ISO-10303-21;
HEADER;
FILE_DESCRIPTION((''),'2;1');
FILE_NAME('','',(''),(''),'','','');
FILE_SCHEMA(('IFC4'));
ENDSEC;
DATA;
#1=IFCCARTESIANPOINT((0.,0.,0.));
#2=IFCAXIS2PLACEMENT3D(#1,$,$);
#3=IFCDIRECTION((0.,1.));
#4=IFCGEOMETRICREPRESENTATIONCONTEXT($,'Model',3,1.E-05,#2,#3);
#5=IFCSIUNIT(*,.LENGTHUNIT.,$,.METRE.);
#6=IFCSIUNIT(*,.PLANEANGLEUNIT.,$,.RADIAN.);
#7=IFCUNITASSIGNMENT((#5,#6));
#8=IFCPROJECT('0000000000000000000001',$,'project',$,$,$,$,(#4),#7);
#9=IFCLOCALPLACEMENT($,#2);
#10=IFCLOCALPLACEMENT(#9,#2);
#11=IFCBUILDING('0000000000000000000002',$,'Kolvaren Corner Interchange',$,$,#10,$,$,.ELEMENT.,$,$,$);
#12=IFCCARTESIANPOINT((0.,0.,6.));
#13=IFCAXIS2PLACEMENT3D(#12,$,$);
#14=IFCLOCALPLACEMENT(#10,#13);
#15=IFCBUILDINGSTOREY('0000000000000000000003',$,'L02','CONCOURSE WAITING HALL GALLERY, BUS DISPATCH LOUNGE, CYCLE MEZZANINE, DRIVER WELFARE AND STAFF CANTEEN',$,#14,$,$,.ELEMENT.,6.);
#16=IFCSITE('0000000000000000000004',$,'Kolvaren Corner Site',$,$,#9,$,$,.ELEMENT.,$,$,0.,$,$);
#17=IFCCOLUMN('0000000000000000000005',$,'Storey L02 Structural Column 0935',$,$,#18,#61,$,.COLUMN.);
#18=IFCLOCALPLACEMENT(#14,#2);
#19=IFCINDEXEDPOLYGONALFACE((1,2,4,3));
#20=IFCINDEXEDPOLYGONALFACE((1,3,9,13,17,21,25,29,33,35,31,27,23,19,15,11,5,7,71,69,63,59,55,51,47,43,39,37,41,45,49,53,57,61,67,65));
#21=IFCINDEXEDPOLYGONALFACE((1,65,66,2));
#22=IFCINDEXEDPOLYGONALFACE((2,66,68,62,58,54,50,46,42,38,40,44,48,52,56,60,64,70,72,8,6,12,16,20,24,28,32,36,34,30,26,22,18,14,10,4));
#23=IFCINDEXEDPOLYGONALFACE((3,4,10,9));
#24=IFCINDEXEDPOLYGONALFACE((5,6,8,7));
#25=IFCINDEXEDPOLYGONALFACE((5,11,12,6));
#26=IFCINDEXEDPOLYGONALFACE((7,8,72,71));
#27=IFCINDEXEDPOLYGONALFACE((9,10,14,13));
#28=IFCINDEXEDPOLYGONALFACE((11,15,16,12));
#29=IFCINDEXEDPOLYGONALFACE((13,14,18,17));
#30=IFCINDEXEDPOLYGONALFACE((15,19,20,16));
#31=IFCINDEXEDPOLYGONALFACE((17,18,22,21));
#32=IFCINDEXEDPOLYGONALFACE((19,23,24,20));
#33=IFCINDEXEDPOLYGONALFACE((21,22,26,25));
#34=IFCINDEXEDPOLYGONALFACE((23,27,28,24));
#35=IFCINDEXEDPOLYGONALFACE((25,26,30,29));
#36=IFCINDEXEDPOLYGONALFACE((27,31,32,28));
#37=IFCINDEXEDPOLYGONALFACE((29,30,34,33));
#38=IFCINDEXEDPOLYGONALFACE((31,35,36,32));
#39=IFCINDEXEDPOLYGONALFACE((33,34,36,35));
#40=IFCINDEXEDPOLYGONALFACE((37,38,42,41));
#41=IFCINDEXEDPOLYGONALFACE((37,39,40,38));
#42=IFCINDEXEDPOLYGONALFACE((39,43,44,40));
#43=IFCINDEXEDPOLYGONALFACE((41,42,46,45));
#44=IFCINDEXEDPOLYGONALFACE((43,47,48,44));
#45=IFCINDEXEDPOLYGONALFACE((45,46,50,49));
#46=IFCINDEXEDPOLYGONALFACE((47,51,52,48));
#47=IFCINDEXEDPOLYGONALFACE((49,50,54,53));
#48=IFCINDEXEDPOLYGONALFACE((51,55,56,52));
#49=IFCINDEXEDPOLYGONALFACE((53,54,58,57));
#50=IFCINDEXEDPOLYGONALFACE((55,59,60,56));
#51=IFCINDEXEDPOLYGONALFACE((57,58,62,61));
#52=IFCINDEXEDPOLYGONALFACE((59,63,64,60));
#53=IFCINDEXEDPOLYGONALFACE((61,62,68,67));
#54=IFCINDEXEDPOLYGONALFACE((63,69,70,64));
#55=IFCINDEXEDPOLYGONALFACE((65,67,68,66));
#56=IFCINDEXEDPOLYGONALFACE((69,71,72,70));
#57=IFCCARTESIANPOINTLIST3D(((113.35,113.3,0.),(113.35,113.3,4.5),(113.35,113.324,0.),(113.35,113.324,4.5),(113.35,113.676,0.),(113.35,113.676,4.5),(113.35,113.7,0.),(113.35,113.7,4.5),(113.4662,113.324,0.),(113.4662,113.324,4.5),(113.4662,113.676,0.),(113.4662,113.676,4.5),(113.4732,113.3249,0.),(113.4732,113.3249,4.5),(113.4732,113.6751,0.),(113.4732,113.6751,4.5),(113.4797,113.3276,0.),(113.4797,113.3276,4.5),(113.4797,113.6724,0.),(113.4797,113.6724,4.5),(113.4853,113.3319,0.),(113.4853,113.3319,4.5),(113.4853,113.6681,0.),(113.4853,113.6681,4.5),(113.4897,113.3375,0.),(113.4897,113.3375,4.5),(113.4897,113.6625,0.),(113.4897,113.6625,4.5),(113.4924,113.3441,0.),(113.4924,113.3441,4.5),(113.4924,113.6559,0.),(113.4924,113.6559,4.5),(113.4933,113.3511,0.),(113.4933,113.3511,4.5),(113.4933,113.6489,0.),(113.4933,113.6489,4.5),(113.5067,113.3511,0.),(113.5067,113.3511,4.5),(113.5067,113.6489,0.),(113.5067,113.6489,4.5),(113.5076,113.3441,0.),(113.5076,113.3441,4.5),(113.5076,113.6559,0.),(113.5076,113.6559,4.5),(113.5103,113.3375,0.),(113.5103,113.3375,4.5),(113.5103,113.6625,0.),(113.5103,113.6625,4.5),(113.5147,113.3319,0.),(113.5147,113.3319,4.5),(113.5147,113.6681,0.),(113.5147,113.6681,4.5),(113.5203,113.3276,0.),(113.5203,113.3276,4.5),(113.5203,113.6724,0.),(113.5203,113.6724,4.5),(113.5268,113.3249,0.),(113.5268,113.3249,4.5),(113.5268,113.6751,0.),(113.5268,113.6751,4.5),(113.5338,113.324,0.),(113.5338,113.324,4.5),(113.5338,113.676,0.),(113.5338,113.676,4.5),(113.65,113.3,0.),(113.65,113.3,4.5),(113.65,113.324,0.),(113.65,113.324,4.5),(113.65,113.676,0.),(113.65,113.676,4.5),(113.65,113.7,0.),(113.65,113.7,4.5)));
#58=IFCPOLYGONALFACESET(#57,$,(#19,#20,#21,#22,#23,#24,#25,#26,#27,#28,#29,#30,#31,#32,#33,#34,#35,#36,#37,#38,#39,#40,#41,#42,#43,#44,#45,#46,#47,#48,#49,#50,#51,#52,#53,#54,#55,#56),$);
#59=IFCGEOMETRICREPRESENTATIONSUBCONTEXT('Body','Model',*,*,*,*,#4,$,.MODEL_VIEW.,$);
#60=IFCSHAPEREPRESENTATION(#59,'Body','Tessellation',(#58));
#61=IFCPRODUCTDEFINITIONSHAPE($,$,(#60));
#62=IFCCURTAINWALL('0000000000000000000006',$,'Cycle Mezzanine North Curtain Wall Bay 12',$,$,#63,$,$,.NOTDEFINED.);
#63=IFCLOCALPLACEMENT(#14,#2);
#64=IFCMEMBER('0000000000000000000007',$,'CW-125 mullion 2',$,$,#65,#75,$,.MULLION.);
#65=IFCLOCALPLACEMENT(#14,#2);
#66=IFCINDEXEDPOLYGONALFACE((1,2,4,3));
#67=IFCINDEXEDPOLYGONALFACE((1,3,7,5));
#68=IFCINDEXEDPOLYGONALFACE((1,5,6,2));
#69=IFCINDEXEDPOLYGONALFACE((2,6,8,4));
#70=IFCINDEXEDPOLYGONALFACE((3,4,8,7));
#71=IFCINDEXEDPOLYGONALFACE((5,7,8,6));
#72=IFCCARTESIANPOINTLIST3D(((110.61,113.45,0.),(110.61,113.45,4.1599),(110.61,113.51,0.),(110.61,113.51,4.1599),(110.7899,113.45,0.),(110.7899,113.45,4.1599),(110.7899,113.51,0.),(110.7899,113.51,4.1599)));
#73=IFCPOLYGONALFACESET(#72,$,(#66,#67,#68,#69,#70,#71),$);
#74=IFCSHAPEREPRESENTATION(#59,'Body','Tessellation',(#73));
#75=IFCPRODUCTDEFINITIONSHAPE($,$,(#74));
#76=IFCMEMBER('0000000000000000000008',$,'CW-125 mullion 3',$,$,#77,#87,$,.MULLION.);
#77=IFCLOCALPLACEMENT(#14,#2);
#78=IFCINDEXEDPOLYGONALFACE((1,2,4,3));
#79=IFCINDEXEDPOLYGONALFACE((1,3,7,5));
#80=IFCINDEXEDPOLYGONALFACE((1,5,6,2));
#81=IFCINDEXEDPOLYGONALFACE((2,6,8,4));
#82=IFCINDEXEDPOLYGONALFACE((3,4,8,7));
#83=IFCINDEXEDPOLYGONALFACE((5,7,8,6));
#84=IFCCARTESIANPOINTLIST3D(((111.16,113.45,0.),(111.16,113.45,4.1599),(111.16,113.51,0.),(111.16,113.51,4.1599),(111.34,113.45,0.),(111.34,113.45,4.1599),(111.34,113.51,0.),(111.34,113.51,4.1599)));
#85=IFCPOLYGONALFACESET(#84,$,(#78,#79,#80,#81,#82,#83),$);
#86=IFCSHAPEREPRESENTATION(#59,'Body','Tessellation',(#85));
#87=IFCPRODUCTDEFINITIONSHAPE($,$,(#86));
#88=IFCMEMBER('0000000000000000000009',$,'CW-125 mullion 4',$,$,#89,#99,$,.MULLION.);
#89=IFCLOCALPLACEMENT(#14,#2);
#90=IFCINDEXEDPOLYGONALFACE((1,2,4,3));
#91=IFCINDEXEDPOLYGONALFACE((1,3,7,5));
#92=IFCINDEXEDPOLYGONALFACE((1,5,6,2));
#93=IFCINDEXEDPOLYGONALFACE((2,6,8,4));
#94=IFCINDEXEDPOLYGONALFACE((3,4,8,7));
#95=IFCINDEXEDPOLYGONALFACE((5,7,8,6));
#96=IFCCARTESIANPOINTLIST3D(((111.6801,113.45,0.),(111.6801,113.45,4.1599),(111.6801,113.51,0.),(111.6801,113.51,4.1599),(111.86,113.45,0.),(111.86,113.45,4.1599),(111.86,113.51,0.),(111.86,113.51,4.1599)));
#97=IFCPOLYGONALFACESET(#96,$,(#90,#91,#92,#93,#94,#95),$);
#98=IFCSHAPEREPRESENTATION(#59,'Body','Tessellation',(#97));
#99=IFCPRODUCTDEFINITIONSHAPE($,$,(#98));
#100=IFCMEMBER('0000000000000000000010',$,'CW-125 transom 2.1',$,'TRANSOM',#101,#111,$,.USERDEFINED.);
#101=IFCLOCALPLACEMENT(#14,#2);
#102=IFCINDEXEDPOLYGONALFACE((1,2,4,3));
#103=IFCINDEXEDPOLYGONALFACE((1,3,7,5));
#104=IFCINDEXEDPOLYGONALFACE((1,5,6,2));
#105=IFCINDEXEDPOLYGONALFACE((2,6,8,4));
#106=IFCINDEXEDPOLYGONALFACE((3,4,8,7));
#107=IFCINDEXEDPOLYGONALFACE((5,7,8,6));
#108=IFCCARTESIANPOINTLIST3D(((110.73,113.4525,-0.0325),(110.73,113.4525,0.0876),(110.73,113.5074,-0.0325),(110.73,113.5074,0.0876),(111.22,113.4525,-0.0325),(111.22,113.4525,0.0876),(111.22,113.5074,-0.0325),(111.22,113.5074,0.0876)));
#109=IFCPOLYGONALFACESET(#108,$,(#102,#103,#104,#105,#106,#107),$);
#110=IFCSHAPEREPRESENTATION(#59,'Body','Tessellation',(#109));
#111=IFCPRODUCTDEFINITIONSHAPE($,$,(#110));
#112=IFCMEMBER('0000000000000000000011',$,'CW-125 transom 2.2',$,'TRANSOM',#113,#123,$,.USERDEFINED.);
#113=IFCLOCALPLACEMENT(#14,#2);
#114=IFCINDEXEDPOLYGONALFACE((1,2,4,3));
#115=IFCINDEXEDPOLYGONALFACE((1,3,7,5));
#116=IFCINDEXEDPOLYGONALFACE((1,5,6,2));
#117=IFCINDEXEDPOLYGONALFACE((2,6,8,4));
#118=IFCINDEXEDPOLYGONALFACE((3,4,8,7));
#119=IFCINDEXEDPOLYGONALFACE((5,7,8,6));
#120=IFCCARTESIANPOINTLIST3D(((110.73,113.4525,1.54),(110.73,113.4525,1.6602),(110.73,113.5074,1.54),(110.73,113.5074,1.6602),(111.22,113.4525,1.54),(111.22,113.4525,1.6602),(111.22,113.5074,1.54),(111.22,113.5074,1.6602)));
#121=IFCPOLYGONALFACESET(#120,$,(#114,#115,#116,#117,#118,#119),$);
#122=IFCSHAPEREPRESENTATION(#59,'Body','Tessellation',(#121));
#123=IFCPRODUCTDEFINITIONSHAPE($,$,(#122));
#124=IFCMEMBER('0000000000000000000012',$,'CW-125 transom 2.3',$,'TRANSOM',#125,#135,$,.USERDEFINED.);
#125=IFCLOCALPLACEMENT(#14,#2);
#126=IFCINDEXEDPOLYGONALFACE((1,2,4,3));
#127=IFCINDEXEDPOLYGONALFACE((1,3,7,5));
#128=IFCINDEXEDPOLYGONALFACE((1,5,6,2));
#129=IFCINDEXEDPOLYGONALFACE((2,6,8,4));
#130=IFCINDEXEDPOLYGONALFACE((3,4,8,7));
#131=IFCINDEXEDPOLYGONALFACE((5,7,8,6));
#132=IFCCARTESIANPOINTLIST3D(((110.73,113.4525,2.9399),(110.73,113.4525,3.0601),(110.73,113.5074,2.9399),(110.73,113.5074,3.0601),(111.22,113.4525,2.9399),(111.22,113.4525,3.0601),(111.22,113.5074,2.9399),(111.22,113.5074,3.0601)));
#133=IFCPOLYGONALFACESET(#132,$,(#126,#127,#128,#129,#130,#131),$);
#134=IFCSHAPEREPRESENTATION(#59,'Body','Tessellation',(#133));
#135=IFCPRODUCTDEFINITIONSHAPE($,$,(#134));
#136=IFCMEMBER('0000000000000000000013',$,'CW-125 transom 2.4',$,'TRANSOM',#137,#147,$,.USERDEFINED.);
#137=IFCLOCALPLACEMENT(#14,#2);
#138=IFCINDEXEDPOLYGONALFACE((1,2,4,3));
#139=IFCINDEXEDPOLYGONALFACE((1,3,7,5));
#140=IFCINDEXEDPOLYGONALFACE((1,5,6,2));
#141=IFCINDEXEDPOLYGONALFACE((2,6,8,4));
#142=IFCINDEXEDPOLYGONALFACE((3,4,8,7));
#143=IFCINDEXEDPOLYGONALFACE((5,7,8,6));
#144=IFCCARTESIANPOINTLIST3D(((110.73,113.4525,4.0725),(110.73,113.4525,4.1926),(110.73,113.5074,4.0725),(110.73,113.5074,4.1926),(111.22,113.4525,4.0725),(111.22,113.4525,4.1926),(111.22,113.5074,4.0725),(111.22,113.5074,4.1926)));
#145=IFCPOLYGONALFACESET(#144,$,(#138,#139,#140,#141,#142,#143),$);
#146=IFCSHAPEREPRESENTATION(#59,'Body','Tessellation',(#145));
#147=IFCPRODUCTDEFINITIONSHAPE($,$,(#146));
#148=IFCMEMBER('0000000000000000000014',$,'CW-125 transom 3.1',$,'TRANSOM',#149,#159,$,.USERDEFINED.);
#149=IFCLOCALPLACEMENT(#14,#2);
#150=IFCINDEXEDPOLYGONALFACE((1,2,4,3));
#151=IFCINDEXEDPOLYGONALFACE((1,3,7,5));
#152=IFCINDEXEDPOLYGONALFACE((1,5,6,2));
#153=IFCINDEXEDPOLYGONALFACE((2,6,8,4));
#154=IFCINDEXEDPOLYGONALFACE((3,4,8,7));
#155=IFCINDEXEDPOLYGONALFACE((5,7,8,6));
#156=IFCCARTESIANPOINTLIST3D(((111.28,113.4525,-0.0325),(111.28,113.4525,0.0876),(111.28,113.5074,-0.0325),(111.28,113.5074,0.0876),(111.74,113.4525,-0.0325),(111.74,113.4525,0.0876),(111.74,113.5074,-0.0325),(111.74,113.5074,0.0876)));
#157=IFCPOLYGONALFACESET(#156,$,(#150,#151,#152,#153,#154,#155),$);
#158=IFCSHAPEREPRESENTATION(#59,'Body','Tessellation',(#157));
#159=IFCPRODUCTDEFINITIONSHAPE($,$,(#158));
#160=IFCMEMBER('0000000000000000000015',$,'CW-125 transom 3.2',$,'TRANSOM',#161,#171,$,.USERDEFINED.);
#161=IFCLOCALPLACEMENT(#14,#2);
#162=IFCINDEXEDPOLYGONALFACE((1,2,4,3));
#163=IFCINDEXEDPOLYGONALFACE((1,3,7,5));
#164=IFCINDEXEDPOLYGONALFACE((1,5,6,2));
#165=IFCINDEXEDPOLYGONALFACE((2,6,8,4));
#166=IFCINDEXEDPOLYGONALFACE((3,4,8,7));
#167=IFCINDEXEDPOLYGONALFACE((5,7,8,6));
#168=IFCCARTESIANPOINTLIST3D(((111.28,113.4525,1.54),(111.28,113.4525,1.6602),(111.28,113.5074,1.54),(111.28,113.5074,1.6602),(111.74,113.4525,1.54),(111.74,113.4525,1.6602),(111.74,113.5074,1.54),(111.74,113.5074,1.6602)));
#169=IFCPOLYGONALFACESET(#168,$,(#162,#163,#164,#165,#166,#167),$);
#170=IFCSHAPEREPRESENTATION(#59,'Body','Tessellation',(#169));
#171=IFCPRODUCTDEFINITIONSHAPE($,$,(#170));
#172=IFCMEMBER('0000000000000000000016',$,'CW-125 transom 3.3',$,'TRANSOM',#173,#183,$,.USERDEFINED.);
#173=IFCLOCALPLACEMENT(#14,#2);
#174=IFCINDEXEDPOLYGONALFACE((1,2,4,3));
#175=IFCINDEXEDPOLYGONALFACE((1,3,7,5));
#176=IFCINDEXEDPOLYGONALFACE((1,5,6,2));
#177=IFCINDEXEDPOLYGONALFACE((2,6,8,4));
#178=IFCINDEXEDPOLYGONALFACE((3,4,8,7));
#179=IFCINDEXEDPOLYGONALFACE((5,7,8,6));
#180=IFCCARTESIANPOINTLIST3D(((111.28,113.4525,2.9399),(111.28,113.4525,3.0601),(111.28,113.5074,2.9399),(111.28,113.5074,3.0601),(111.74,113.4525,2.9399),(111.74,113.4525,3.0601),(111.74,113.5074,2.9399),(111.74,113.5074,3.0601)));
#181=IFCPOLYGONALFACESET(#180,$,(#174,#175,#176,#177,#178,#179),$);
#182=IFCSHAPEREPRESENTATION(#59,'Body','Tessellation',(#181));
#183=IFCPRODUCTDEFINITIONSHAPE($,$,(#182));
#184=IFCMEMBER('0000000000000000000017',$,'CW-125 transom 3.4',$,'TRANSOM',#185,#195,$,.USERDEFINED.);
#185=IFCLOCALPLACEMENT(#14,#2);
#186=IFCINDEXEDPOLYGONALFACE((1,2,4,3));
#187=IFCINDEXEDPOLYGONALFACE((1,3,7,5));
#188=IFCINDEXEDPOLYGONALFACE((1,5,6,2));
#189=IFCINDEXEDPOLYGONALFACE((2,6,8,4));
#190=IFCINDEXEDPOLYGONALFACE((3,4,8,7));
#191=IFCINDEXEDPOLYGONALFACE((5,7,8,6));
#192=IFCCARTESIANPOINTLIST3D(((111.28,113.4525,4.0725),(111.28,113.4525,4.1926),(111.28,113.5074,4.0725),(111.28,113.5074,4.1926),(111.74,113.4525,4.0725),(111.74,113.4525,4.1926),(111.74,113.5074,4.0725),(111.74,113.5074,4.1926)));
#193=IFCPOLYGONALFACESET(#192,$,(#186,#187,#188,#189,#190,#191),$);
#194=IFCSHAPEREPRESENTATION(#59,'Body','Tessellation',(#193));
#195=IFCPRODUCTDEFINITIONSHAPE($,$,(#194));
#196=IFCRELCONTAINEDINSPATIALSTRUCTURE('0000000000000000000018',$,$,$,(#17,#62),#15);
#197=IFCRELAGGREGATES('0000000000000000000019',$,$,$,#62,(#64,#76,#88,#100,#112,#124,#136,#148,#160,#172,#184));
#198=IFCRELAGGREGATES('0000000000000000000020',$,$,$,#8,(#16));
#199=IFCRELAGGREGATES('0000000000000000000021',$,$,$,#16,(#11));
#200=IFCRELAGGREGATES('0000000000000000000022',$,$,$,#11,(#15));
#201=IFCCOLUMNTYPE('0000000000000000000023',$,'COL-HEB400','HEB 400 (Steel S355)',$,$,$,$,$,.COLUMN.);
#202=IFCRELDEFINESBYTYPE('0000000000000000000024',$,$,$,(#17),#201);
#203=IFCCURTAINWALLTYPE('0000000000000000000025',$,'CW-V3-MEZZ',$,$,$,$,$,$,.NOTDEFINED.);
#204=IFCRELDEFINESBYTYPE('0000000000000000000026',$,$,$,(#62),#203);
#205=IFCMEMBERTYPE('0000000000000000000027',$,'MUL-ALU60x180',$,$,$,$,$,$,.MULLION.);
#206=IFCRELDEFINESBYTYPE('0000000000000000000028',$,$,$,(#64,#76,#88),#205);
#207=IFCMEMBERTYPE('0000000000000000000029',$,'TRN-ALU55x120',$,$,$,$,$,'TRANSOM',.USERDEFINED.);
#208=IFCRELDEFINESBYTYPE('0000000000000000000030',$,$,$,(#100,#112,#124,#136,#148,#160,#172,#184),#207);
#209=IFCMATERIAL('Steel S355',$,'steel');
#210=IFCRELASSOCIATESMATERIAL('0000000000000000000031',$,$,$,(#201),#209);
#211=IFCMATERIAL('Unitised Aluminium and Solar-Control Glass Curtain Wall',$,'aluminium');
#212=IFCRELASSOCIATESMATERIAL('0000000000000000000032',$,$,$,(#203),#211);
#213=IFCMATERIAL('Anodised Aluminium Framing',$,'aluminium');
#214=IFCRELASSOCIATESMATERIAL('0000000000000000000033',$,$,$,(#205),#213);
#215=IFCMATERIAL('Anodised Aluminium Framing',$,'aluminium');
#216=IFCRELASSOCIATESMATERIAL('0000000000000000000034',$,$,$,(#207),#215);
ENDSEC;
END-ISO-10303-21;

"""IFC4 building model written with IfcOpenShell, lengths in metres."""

from ifc_helpers import new_model, si_unit, direction, frame, origin, origin_2d, place, context, subcontext, project, spatial, rectangle, i_section, extrude, material, material_profile, profile_set, type_object, element, aggregate, save


model = new_model("IFC4")

# Units and contexts
model_context = context("Model", 3, precision=1e-05, world=origin(), true_north=direction((0.0, 1.0)))
body_context = subcontext(model_context, "Body", "Model", "MODEL_VIEW")
ifc_project = project(units=[si_unit("LENGTHUNIT", "METRE"), si_unit("PLANEANGLEUNIT", "RADIAN")], contexts=[model_context])

# Site, building, storey
site_placement = place(None, origin())
site = spatial("IfcSite", under=ifc_project, at=site_placement, Name="Kolvaren Corner Site", CompositionType="ELEMENT", RefElevation=0.0)
building_placement = place(site_placement, origin())
building = spatial("IfcBuilding", under=site, at=building_placement, Name="Kolvaren Corner Interchange", CompositionType="ELEMENT")
storey_placement = place(building_placement, frame((0.0, 0.0, 6.0)))
storey = spatial("IfcBuildingStorey", under=building, at=storey_placement, Name="L02", Description="CONCOURSE WAITING HALL GALLERY, BUS DISPATCH LOUNGE, CYCLE MEZZANINE, DRIVER WELFARE AND STAFF CANTEEN", CompositionType="ELEMENT", Elevation=6.0)

# Column
ifc_material_1 = material(Name="Steel S355", Category="steel")
ifc_material_profile_1 = material_profile(ifc_material_1, i_section(OverallWidth=0.3, OverallDepth=0.3999, WebThickness=0.0134, FlangeThickness=0.0239, FilletRadius=0.0271, at=origin_2d()), Name="HEB 400")
ifc_profile_set_1 = profile_set([ifc_material_profile_1], Name="Steel S355")
column_type = type_object("IfcColumnType", Name="COL-HEB400", Description="HEB 400 (Steel S355)", PredefinedType="COLUMN", material=ifc_profile_set_1)
column_placement = place(storey_placement, frame((113.5, 113.5, 0.0), z_axis=(0.0, 0.0, 1.0), x_axis=(1.0, 0.0, 0.0)))
element("IfcColumn", 1, at=column_placement, inside=storey, type_object=column_type, Name="Storey L02 Structural Column 0935", PredefinedType="COLUMN", context=body_context, shape_type="SweptSolid", body=[
    extrude(i_section(OverallWidth=0.3, OverallDepth=0.3999, WebThickness=0.0134, FlangeThickness=0.0239, FilletRadius=0.0271, at=origin_2d()), origin(), (0.0, 0.0, 1.0), 4.5),
])

# Curtain wall, members
ifc_material_2 = material(Name="Unitised Aluminium and Solar-Control Glass Curtain Wall", Category="aluminium")
curtain_wall_type = type_object("IfcCurtainWallType", Name="CW-V3-MEZZ", PredefinedType="NOTDEFINED", material=ifc_material_2)
curtain_wall_placement = place(storey_placement, origin())
curtain_wall = element("IfcCurtainWall", 2, at=curtain_wall_placement, inside=storey, type_object=curtain_wall_type, Name="Cycle Mezzanine North Curtain Wall Bay 12", PredefinedType="NOTDEFINED")
ifc_material_3 = material(Name="Anodised Aluminium Framing", Category="aluminium")
ifc_material_profile_2 = material_profile(ifc_material_3, rectangle(XDim=0.0601, YDim=0.1799, at=origin_2d()), Name="ALU 60x180")
ifc_profile_set_2 = profile_set([ifc_material_profile_2], Name="Anodised Aluminium Framing")
member_type_1 = type_object("IfcMemberType", Name="MUL-ALU60x180", PredefinedType="MULLION", material=ifc_profile_set_2)
member_1_placement = place(storey_placement, frame((110.7, 113.48, 0.0), z_axis=(0.0, 0.0, 1.0), x_axis=(0.0, 1.0, 0.0)))
member_1 = element("IfcMember", 3, at=member_1_placement, type_object=member_type_1, Name="CW-125 mullion 2", PredefinedType="MULLION", context=body_context, shape_type="SweptSolid", body=[
    extrude(rectangle(XDim=0.0601, YDim=0.1799, at=origin_2d()), origin(), (0.0, 0.0, 1.0), 4.1599),
])
member_2_placement = place(storey_placement, frame((111.25, 113.48, 0.0), z_axis=(0.0, 0.0, 1.0), x_axis=(0.0, 1.0, 0.0)))
member_2 = element("IfcMember", 4, at=member_2_placement, type_object=member_type_1, Name="CW-125 mullion 3", PredefinedType="MULLION", context=body_context, shape_type="SweptSolid", body=[
    extrude(rectangle(XDim=0.0601, YDim=0.1799, at=origin_2d()), origin(), (0.0, 0.0, 1.0), 4.1599),
])
member_3_placement = place(storey_placement, frame((111.77, 113.48, 0.0), z_axis=(0.0, 0.0, 1.0), x_axis=(0.0, 1.0, 0.0)))
member_3 = element("IfcMember", 5, at=member_3_placement, type_object=member_type_1, Name="CW-125 mullion 4", PredefinedType="MULLION", context=body_context, shape_type="SweptSolid", body=[
    extrude(rectangle(XDim=0.0601, YDim=0.1799, at=origin_2d()), origin(), (0.0, 0.0, 1.0), 4.1599),
])
ifc_material_4 = material(Name="Anodised Aluminium Framing", Category="aluminium")
ifc_material_profile_3 = material_profile(ifc_material_4, rectangle(XDim=0.0549, YDim=0.1201, at=origin_2d()), Name="ALU 55x120")
ifc_profile_set_3 = profile_set([ifc_material_profile_3], Name="Anodised Aluminium Framing")
member_type_2 = type_object("IfcMemberType", Name="TRN-ALU55x120", ElementType="TRANSOM", PredefinedType="USERDEFINED", material=ifc_profile_set_3)
member_4_placement = place(storey_placement, frame((110.73, 113.48, 0.0276), z_axis=(1.0, 0.0, 0.0), x_axis=(0.0, 1.0, 0.0)))
member_4 = element("IfcMember", 6, at=member_4_placement, type_object=member_type_2, Name="CW-125 transom 2.1", ObjectType="TRANSOM", PredefinedType="USERDEFINED", context=body_context, shape_type="SweptSolid", body=[
    extrude(rectangle(XDim=0.0549, YDim=0.1201, at=origin_2d()), origin(), (0.0, 0.0, 1.0), 0.49),
])
member_5_placement = place(storey_placement, frame((110.73, 113.48, 1.6001), z_axis=(1.0, 0.0, 0.0), x_axis=(0.0, 1.0, 0.0)))
member_5 = element("IfcMember", 7, at=member_5_placement, type_object=member_type_2, Name="CW-125 transom 2.2", ObjectType="TRANSOM", PredefinedType="USERDEFINED", context=body_context, shape_type="SweptSolid", body=[
    extrude(rectangle(XDim=0.0549, YDim=0.1201, at=origin_2d()), origin(), (0.0, 0.0, 1.0), 0.49),
])
member_6_placement = place(storey_placement, frame((110.73, 113.48, 3.0), z_axis=(1.0, 0.0, 0.0), x_axis=(0.0, 1.0, 0.0)))
member_6 = element("IfcMember", 8, at=member_6_placement, type_object=member_type_2, Name="CW-125 transom 2.3", ObjectType="TRANSOM", PredefinedType="USERDEFINED", context=body_context, shape_type="SweptSolid", body=[
    extrude(rectangle(XDim=0.0549, YDim=0.1201, at=origin_2d()), origin(), (0.0, 0.0, 1.0), 0.49),
])
member_7_placement = place(storey_placement, frame((110.73, 113.48, 4.1326), z_axis=(1.0, 0.0, 0.0), x_axis=(0.0, 1.0, 0.0)))
member_7 = element("IfcMember", 9, at=member_7_placement, type_object=member_type_2, Name="CW-125 transom 2.4", ObjectType="TRANSOM", PredefinedType="USERDEFINED", context=body_context, shape_type="SweptSolid", body=[
    extrude(rectangle(XDim=0.0549, YDim=0.1201, at=origin_2d()), origin(), (0.0, 0.0, 1.0), 0.49),
])
member_8_placement = place(storey_placement, frame((111.28, 113.48, 0.0276), z_axis=(1.0, 0.0, 0.0), x_axis=(0.0, 1.0, 0.0)))
member_8 = element("IfcMember", 10, at=member_8_placement, type_object=member_type_2, Name="CW-125 transom 3.1", ObjectType="TRANSOM", PredefinedType="USERDEFINED", context=body_context, shape_type="SweptSolid", body=[
    extrude(rectangle(XDim=0.0549, YDim=0.1201, at=origin_2d()), origin(), (0.0, 0.0, 1.0), 0.46),
])
member_9_placement = place(storey_placement, frame((111.28, 113.48, 1.6001), z_axis=(1.0, 0.0, 0.0), x_axis=(0.0, 1.0, 0.0)))
member_9 = element("IfcMember", 11, at=member_9_placement, type_object=member_type_2, Name="CW-125 transom 3.2", ObjectType="TRANSOM", PredefinedType="USERDEFINED", context=body_context, shape_type="SweptSolid", body=[
    extrude(rectangle(XDim=0.0549, YDim=0.1201, at=origin_2d()), origin(), (0.0, 0.0, 1.0), 0.46),
])
member_10_placement = place(storey_placement, frame((111.28, 113.48, 3.0), z_axis=(1.0, 0.0, 0.0), x_axis=(0.0, 1.0, 0.0)))
member_10 = element("IfcMember", 12, at=member_10_placement, type_object=member_type_2, Name="CW-125 transom 3.3", ObjectType="TRANSOM", PredefinedType="USERDEFINED", context=body_context, shape_type="SweptSolid", body=[
    extrude(rectangle(XDim=0.0549, YDim=0.1201, at=origin_2d()), origin(), (0.0, 0.0, 1.0), 0.46),
])
member_11_placement = place(storey_placement, frame((111.28, 113.48, 4.1326), z_axis=(1.0, 0.0, 0.0), x_axis=(0.0, 1.0, 0.0)))
member_11 = element("IfcMember", 13, at=member_11_placement, type_object=member_type_2, Name="CW-125 transom 3.4", ObjectType="TRANSOM", PredefinedType="USERDEFINED", context=body_context, shape_type="SweptSolid", body=[
    extrude(rectangle(XDim=0.0549, YDim=0.1201, at=origin_2d()), origin(), (0.0, 0.0, 1.0), 0.46),
])
aggregate(curtain_wall, [member_1, member_2, member_3, member_4, member_5, member_6, member_7, member_8, member_9, member_10, member_11])

save(model, "model.ifc")
